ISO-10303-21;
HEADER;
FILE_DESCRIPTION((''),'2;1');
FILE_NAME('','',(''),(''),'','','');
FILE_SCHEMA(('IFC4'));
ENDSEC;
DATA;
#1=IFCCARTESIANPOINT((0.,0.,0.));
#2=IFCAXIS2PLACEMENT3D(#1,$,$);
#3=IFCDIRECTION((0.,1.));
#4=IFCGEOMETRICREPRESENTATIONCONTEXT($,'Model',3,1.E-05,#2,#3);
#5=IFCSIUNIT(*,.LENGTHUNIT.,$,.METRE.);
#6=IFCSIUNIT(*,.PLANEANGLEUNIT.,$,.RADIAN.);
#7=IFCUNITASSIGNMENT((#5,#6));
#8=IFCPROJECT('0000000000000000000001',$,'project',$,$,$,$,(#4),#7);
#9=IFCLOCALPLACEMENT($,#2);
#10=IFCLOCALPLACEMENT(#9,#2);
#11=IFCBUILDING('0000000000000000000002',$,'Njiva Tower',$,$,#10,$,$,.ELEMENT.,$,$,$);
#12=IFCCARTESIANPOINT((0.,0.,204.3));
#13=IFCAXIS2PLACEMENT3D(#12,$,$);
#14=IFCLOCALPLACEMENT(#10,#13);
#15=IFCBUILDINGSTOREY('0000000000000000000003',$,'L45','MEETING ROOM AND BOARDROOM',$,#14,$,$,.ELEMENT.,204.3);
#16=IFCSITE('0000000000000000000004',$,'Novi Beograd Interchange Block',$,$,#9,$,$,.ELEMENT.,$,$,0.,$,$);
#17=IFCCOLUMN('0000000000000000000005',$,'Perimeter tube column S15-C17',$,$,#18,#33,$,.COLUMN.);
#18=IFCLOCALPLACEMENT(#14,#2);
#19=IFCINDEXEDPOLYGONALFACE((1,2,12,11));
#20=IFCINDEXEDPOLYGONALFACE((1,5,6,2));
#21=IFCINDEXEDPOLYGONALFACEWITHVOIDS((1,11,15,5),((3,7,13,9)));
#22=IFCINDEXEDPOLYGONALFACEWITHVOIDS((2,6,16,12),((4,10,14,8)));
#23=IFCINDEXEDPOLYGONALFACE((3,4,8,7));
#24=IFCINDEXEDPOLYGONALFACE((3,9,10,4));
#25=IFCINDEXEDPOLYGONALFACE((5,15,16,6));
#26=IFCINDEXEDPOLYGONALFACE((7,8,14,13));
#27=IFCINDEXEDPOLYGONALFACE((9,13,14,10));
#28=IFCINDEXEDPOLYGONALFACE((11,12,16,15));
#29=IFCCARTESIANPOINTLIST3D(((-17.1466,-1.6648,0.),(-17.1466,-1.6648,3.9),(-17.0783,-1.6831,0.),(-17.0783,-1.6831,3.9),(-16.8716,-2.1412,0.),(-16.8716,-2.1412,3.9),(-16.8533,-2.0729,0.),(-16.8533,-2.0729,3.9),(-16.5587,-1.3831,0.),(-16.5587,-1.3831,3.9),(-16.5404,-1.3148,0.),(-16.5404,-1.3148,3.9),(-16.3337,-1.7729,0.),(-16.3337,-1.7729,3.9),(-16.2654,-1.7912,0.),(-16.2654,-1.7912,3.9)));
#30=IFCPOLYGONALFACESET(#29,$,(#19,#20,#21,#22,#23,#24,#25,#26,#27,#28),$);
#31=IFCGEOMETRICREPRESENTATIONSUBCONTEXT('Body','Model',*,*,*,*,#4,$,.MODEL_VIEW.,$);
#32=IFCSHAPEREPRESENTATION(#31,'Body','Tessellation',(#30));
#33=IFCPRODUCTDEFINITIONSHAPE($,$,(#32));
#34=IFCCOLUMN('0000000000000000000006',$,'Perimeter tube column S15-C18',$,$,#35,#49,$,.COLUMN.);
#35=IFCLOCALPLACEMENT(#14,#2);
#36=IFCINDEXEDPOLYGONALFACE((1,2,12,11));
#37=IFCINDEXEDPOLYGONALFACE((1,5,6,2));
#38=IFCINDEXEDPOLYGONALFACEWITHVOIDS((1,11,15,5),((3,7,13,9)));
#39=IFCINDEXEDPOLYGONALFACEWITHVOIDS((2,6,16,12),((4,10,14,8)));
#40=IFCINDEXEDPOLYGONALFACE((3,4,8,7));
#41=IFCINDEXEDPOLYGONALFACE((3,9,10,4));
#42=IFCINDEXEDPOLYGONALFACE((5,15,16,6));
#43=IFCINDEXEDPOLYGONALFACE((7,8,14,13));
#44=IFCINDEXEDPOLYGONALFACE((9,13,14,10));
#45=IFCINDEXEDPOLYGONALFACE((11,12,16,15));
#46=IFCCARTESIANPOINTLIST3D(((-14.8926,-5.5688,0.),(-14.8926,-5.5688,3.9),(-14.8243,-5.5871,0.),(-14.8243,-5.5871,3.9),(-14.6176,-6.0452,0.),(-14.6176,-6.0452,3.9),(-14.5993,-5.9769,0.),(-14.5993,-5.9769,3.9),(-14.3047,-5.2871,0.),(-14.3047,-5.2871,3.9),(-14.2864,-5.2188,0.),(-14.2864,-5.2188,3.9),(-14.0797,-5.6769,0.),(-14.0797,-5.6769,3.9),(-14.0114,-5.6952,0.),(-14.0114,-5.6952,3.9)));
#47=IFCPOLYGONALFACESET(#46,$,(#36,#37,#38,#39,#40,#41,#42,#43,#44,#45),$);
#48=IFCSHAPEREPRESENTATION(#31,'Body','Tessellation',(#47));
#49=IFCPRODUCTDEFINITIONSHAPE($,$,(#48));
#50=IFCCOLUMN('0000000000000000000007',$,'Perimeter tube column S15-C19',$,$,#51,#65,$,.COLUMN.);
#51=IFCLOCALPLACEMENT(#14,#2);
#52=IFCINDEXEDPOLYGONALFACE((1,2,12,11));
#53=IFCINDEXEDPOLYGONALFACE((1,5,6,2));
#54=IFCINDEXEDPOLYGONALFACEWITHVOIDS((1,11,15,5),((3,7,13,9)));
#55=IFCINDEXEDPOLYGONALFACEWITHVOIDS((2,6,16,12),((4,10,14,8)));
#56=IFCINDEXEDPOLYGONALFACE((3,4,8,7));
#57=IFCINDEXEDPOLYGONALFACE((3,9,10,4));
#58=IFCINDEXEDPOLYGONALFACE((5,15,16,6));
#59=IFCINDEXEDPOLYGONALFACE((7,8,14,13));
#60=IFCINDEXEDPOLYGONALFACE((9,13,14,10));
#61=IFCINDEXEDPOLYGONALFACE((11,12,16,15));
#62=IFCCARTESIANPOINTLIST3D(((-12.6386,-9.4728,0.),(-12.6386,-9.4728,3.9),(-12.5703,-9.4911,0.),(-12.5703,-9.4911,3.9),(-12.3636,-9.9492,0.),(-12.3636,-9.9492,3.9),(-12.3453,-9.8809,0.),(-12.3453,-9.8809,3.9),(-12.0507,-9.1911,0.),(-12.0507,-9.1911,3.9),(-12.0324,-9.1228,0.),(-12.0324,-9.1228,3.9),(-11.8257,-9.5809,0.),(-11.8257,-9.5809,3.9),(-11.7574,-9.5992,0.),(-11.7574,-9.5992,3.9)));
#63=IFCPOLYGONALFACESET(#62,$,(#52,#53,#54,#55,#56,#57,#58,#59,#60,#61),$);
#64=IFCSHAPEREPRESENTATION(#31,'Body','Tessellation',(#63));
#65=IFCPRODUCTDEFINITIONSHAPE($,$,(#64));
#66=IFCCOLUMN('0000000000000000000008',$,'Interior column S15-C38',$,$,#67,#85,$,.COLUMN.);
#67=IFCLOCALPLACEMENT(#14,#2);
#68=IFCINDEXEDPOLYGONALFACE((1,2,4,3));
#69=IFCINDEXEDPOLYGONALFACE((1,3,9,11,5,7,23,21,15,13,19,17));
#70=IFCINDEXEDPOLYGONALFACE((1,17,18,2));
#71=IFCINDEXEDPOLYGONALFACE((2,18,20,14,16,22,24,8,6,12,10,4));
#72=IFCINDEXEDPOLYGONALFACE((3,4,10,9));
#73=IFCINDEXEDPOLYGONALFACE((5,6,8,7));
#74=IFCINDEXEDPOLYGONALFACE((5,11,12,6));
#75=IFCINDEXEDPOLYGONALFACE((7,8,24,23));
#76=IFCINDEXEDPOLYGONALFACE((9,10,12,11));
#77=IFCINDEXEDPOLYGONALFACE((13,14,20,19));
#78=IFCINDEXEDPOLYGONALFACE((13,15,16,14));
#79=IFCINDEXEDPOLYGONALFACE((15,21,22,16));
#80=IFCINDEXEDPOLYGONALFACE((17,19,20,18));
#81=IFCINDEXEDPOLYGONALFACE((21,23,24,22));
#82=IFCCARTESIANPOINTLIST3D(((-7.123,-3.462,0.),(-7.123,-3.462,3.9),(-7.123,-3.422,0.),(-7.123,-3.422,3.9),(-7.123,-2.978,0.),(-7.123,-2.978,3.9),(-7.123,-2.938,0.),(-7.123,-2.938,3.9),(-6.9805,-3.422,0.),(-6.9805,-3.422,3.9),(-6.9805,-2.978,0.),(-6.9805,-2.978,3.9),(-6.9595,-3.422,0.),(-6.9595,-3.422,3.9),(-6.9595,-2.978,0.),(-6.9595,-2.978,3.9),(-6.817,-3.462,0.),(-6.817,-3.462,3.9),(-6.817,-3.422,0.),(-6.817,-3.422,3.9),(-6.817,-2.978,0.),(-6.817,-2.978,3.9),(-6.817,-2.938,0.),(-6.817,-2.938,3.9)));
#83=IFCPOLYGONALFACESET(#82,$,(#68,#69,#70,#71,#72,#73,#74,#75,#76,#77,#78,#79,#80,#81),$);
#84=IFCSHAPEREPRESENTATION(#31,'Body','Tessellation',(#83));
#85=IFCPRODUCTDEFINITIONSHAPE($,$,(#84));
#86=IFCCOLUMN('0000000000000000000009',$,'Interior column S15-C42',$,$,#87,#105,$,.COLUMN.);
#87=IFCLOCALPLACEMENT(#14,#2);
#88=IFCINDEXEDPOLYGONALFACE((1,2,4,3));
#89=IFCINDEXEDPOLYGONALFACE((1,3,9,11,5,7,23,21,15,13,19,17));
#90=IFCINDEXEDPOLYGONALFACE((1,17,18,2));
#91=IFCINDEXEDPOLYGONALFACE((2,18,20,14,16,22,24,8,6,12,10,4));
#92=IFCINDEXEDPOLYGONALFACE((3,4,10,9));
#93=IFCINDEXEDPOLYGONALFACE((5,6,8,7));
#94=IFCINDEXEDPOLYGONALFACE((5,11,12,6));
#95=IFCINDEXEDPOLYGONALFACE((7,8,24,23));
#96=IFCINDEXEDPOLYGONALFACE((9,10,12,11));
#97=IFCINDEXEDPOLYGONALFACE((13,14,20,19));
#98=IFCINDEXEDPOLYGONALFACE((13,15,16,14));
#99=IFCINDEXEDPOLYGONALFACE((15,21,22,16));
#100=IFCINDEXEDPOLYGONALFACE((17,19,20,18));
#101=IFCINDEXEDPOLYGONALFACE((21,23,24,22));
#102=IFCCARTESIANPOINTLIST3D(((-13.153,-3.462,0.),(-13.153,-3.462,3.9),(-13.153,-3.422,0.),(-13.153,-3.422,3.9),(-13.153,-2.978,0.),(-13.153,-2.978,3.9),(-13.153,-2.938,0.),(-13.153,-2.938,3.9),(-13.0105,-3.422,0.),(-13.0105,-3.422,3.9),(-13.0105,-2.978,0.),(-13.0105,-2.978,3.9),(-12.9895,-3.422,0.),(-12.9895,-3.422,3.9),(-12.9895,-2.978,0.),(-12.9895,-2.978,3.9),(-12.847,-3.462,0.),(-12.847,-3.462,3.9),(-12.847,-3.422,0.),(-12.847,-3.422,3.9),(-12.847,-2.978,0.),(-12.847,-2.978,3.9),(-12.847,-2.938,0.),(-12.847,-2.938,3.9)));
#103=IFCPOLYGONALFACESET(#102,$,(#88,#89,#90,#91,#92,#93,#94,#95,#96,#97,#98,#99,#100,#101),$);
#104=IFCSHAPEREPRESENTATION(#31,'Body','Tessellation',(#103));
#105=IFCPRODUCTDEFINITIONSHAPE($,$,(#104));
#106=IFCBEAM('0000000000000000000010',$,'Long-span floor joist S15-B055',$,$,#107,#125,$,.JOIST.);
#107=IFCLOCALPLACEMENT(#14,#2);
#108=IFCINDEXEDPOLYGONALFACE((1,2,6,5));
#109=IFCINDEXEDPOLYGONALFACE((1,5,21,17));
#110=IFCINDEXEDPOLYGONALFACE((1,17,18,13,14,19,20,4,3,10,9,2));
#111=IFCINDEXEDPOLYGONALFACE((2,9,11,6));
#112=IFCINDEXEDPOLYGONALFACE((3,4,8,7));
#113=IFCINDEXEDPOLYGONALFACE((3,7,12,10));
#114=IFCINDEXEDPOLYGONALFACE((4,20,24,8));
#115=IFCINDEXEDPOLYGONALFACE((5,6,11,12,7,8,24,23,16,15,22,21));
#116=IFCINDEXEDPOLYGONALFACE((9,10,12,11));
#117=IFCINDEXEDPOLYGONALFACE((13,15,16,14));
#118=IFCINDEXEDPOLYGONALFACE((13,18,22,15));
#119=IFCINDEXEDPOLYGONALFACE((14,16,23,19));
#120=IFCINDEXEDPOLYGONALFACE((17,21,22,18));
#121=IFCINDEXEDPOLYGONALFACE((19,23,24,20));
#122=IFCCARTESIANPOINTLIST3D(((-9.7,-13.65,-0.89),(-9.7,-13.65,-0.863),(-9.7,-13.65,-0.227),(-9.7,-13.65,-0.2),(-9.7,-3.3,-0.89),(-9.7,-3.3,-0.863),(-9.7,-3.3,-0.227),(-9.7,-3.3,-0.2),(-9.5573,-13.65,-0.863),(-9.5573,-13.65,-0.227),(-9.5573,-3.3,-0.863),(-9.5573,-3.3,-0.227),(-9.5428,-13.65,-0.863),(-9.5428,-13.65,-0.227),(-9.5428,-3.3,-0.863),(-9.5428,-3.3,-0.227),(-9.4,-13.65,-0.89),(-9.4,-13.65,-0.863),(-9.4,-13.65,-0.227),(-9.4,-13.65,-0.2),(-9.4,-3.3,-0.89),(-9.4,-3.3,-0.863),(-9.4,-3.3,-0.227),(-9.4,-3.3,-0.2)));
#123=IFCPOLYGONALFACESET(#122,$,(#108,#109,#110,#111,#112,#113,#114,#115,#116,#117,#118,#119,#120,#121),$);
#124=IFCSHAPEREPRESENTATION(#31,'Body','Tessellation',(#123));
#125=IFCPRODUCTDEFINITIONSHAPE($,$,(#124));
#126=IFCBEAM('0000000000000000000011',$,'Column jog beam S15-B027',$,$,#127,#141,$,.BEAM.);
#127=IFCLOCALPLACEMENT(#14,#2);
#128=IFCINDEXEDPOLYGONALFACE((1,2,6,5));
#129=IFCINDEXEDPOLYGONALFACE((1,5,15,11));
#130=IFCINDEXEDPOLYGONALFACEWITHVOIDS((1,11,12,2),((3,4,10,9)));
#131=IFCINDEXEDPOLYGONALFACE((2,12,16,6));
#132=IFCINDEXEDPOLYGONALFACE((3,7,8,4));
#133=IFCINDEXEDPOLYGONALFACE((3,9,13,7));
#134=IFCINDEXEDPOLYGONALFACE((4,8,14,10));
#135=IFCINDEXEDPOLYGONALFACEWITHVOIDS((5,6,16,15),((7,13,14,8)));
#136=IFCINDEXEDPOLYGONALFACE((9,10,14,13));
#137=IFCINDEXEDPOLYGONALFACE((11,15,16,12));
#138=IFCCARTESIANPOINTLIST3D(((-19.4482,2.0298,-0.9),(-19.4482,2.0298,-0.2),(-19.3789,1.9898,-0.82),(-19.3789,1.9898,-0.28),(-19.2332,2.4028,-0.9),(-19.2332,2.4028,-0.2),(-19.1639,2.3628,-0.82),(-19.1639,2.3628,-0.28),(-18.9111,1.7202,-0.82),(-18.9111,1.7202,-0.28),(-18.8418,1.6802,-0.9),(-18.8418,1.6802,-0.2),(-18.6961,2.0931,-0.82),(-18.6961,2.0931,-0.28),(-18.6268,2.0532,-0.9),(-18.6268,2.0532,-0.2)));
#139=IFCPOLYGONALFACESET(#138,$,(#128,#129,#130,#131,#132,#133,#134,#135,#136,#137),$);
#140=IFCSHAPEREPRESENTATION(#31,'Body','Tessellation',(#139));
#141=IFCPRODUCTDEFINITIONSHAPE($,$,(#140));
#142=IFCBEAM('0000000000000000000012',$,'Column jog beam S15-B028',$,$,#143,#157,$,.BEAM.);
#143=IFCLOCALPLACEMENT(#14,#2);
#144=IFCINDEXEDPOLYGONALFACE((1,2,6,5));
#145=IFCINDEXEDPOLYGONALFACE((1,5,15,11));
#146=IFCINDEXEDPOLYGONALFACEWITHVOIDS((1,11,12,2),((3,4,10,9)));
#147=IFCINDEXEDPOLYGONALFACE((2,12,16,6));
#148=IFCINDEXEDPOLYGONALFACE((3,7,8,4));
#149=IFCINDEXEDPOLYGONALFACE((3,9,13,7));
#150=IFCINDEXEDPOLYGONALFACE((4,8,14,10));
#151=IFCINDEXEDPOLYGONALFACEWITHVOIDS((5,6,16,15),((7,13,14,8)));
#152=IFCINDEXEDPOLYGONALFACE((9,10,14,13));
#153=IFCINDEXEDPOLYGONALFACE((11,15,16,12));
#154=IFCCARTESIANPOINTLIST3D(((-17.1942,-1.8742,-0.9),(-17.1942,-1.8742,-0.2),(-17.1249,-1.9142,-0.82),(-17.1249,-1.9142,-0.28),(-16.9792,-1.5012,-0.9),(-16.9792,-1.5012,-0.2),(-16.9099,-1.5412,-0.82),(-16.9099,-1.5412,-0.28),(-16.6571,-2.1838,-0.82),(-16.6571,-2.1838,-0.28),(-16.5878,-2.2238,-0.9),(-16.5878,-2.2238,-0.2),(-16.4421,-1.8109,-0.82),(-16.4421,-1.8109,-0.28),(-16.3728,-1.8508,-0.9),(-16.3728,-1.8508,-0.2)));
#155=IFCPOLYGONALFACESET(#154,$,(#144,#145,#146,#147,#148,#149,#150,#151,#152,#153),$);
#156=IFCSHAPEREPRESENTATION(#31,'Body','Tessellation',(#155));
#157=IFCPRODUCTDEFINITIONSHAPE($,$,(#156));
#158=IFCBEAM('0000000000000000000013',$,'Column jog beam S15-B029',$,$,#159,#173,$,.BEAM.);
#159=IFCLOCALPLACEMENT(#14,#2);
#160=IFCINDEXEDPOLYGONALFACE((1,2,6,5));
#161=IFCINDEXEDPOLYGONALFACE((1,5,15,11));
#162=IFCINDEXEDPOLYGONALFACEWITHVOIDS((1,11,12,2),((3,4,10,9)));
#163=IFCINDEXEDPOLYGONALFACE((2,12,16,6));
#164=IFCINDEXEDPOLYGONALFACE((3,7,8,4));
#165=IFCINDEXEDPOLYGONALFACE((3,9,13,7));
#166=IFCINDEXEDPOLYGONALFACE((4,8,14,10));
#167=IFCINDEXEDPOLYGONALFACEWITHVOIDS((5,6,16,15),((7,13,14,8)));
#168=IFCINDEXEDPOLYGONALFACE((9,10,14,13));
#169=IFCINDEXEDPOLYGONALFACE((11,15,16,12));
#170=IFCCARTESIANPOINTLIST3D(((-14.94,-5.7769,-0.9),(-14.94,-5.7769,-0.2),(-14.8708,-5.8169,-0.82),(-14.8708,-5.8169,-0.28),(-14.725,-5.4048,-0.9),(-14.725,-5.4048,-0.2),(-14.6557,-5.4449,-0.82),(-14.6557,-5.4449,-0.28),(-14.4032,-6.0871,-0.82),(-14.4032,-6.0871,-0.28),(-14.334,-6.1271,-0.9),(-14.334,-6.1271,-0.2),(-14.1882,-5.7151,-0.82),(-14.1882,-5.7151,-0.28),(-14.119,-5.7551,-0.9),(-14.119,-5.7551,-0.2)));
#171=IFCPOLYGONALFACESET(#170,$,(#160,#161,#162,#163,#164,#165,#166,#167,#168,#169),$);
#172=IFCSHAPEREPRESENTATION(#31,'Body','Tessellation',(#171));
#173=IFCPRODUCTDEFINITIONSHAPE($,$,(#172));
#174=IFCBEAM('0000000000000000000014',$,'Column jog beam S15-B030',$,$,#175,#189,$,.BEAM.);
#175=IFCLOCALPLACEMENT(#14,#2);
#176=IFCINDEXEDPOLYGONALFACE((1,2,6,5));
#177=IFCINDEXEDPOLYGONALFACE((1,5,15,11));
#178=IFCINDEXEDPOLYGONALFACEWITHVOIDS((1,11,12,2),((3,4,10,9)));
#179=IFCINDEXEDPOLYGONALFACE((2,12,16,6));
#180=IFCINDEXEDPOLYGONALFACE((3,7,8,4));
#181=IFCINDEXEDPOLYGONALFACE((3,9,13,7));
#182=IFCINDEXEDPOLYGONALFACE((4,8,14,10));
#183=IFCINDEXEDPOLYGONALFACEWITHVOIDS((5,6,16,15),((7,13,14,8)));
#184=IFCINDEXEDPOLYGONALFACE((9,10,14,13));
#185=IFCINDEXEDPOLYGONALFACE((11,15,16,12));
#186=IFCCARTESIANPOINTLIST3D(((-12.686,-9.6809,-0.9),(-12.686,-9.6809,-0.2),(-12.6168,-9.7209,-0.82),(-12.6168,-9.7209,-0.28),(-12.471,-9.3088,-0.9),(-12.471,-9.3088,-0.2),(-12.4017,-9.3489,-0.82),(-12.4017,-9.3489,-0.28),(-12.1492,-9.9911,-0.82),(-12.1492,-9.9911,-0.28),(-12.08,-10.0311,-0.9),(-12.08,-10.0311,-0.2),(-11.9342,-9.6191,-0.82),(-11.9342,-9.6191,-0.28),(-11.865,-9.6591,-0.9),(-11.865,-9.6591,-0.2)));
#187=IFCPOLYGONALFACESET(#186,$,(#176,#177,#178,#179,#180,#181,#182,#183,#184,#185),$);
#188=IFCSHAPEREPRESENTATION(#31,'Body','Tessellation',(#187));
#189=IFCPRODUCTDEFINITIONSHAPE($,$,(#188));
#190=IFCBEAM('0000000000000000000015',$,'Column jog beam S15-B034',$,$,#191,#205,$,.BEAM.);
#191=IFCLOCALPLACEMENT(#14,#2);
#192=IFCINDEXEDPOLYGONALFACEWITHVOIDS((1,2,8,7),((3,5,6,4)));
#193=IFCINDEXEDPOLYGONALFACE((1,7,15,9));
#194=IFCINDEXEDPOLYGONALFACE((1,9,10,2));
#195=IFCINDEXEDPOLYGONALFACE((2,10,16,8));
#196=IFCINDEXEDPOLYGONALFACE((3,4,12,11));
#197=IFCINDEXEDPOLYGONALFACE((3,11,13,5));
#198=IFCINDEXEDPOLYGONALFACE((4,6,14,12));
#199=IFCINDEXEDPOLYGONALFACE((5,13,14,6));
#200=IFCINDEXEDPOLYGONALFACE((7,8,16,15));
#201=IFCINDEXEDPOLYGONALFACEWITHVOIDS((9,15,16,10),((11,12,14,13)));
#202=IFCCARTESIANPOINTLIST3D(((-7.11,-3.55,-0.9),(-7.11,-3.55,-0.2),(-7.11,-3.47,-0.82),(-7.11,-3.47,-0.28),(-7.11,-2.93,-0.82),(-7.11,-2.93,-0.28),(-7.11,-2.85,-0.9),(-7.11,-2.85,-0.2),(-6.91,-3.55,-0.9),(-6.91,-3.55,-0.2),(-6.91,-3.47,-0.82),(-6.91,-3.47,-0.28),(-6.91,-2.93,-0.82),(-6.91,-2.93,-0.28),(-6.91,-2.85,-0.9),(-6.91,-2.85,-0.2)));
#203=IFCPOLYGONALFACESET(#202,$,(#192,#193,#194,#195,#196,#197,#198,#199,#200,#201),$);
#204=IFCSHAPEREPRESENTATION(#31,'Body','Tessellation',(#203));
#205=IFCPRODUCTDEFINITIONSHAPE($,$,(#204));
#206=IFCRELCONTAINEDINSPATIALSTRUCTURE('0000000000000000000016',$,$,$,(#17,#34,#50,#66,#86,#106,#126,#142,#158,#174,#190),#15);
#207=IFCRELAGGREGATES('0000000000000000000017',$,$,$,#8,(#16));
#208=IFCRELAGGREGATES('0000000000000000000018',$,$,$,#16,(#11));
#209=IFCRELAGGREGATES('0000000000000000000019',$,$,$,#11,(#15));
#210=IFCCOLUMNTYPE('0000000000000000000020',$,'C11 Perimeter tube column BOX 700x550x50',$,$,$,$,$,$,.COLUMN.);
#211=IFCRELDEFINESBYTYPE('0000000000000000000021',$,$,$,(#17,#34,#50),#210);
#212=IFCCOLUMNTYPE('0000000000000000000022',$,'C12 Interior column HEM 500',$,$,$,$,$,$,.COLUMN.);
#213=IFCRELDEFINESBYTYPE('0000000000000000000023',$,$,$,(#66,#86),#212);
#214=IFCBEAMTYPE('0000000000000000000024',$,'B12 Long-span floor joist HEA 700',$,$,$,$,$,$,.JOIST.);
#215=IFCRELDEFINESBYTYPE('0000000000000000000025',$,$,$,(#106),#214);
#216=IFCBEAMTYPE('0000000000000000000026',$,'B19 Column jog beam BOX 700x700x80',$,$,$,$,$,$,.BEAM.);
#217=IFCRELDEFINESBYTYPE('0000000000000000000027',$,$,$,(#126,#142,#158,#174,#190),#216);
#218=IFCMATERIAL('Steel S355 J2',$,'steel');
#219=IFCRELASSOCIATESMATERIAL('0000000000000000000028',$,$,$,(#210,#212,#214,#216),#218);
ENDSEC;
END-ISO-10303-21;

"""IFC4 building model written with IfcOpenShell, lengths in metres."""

from ifc_helpers import new_model, si_unit, direction, frame, origin, origin_2d, place, context, subcontext, project, spatial, hollow_rectangle, i_section, extrude, material, material_profile, profile_set, type_object, element, save


model = new_model("IFC4")

# Units and contexts
model_context = context("Model", 3, precision=1e-05, world=origin(), true_north=direction((0.0, 1.0)))
body_context = subcontext(model_context, "Body", "Model", "MODEL_VIEW")
ifc_project = project(units=[si_unit("LENGTHUNIT", "METRE"), si_unit("PLANEANGLEUNIT", "RADIAN")], contexts=[model_context])

# Site, building, storey
site_placement = place(None, origin())
site = spatial("IfcSite", under=ifc_project, at=site_placement, Name="Novi Beograd Interchange Block", CompositionType="ELEMENT", RefElevation=0.0)
building_placement = place(site_placement, origin())
building = spatial("IfcBuilding", under=site, at=building_placement, Name="Njiva Tower", CompositionType="ELEMENT")
storey_placement = place(building_placement, frame((0.0, 0.0, 204.3)))
storey = spatial("IfcBuildingStorey", under=building, at=storey_placement, Name="L45", Description="MEETING ROOM AND BOARDROOM", CompositionType="ELEMENT", Elevation=204.3)

# Columns
ifc_material_1 = material(Name="Steel S355 J2", Category="steel")
ifc_material_profile_1 = material_profile(ifc_material_1, hollow_rectangle(XDim=0.55, YDim=0.7, WallThickness=0.05, at=origin_2d()), Name="BOX 700x550x50")
ifc_profile_set_1 = profile_set([ifc_material_profile_1], Name="Steel S355 J2")
column_type_1 = type_object("IfcColumnType", Name="C11 Perimeter tube column BOX 700x550x50", PredefinedType="COLUMN", material=ifc_profile_set_1)
for number, where, z_axis, x_axis, name in (
    (1, (-16.706, -1.728, 0.0), (0.0, 0.0, 1.0), (0.5, -0.866025, 0.0), "Perimeter tube column S15-C17"),
    (2, (-14.452, -5.632, 0.0), (0.0, 0.0, 1.0), (0.5, -0.866025, 0.0), "Perimeter tube column S15-C18"),
    (3, (-12.198, -9.536, 0.0), (0.0, 0.0, 1.0), (0.5, -0.866025, 0.0), "Perimeter tube column S15-C19"),
):
    element("IfcColumn", number, at=place(storey_placement, frame(where, z_axis=z_axis, x_axis=x_axis)), inside=storey, type_object=column_type_1, Name=name, PredefinedType="COLUMN", context=body_context, shape_type="SweptSolid", body=[
        extrude(hollow_rectangle(XDim=0.55, YDim=0.7, WallThickness=0.05, at=origin_2d()), origin(), (0.0, 0.0, 1.0), 3.9),
    ])
ifc_material_profile_2 = material_profile(ifc_material_1, i_section(OverallWidth=0.306, OverallDepth=0.524, WebThickness=0.021, FlangeThickness=0.04, at=origin_2d()), Name="HEM 500")
ifc_profile_set_2 = profile_set([ifc_material_profile_2], Name="Steel S355 J2")
column_type_2 = type_object("IfcColumnType", Name="C12 Interior column HEM 500", PredefinedType="COLUMN", material=ifc_profile_set_2)
for number, where, z_axis, x_axis, name in (
    (4, (-6.97, -3.2, 0.0), (0.0, 0.0, 1.0), (1.0, 0.0, 0.0), "Interior column S15-C38"),
    (5, (-13.0, -3.2, 0.0), (0.0, 0.0, 1.0), (1.0, 0.0, 0.0), "Interior column S15-C42"),
):
    element("IfcColumn", number, at=place(storey_placement, frame(where, z_axis=z_axis, x_axis=x_axis)), inside=storey, type_object=column_type_2, Name=name, PredefinedType="COLUMN", context=body_context, shape_type="SweptSolid", body=[
        extrude(i_section(OverallWidth=0.306, OverallDepth=0.524, WebThickness=0.021, FlangeThickness=0.04, at=origin_2d()), origin(), (0.0, 0.0, 1.0), 3.9),
    ])

# Beams
ifc_material_profile_3 = material_profile(ifc_material_1, i_section(OverallWidth=0.3, OverallDepth=0.69, WebThickness=0.0145, FlangeThickness=0.027, at=origin_2d()), Name="HEA 700")
ifc_profile_set_3 = profile_set([ifc_material_profile_3], Name="Steel S355 J2")
beam_type_1 = type_object("IfcBeamType", Name="B12 Long-span floor joist HEA 700", PredefinedType="JOIST", material=ifc_profile_set_3)
beam_1_placement = place(storey_placement, frame((-9.55, -3.3, -0.545), z_axis=(0.0, -1.0, 0.0), x_axis=(1.0, 0.0, 0.0)))
element("IfcBeam", 6, at=beam_1_placement, inside=storey, type_object=beam_type_1, Name="Long-span floor joist S15-B055", PredefinedType="JOIST", context=body_context, shape_type="SweptSolid", body=[
    extrude(i_section(OverallWidth=0.3, OverallDepth=0.69, WebThickness=0.0145, FlangeThickness=0.027, at=origin_2d()), origin(), (0.0, 0.0, 1.0), 10.35),
])
ifc_material_profile_4 = material_profile(ifc_material_1, hollow_rectangle(XDim=0.7, YDim=0.7, WallThickness=0.08, at=origin_2d()), Name="BOX 700x700x80")
ifc_profile_set_4 = profile_set([ifc_material_profile_4], Name="Steel S355 J2")
beam_type_2 = type_object("IfcBeamType", Name="B19 Column jog beam BOX 700x700x80", PredefinedType="BEAM", material=ifc_profile_set_4)
for number, where, z_axis, x_axis, name in (
    (7, (-19.145, 1.855, -0.55), (0.499387, 0.866379, 0.0), (-0.866379, 0.499387, 0.0), "Column jog beam S15-B027"),
    (8, (-16.891, -2.049, -0.55), (0.499387, 0.866379, 0.0), (-0.866379, 0.499387, 0.0), "Column jog beam S15-B028"),
):
    element("IfcBeam", number, at=place(storey_placement, frame(where, z_axis=z_axis, x_axis=x_axis)), inside=storey, type_object=beam_type_2, Name=name, PredefinedType="BEAM", context=body_context, shape_type="SweptSolid", body=[
        extrude(hollow_rectangle(XDim=0.7, YDim=0.7, WallThickness=0.08, at=origin_2d()), origin(), (0.0, 0.0, 1.0), 0.4305),
    ])
for number, where, z_axis, x_axis, name in (
    (9, (-14.637, -5.952, -0.55), (0.500394, 0.865798, 0.0), (-0.865798, 0.500394, 0.0), "Column jog beam S15-B029"),
    (10, (-12.383, -9.856, -0.55), (0.500394, 0.865798, 0.0), (-0.865798, 0.500394, 0.0), "Column jog beam S15-B030"),
):
    element("IfcBeam", number, at=place(storey_placement, frame(where, z_axis=z_axis, x_axis=x_axis)), inside=storey, type_object=beam_type_2, Name=name, PredefinedType="BEAM", context=body_context, shape_type="SweptSolid", body=[
        extrude(hollow_rectangle(XDim=0.7, YDim=0.7, WallThickness=0.08, at=origin_2d()), origin(), (0.0, 0.0, 1.0), 0.4297),
    ])
beam_2_placement = place(storey_placement, frame((-7.11, -3.2, -0.55), z_axis=(1.0, 0.0, 0.0), x_axis=(0.0, 1.0, 0.0)))
element("IfcBeam", 11, at=beam_2_placement, inside=storey, type_object=beam_type_2, Name="Column jog beam S15-B034", PredefinedType="BEAM", context=body_context, shape_type="SweptSolid", body=[
    extrude(hollow_rectangle(XDim=0.7, YDim=0.7, WallThickness=0.08, at=origin_2d()), origin(), (0.0, 0.0, 1.0), 0.2),
])

save(model, "model.ifc")
